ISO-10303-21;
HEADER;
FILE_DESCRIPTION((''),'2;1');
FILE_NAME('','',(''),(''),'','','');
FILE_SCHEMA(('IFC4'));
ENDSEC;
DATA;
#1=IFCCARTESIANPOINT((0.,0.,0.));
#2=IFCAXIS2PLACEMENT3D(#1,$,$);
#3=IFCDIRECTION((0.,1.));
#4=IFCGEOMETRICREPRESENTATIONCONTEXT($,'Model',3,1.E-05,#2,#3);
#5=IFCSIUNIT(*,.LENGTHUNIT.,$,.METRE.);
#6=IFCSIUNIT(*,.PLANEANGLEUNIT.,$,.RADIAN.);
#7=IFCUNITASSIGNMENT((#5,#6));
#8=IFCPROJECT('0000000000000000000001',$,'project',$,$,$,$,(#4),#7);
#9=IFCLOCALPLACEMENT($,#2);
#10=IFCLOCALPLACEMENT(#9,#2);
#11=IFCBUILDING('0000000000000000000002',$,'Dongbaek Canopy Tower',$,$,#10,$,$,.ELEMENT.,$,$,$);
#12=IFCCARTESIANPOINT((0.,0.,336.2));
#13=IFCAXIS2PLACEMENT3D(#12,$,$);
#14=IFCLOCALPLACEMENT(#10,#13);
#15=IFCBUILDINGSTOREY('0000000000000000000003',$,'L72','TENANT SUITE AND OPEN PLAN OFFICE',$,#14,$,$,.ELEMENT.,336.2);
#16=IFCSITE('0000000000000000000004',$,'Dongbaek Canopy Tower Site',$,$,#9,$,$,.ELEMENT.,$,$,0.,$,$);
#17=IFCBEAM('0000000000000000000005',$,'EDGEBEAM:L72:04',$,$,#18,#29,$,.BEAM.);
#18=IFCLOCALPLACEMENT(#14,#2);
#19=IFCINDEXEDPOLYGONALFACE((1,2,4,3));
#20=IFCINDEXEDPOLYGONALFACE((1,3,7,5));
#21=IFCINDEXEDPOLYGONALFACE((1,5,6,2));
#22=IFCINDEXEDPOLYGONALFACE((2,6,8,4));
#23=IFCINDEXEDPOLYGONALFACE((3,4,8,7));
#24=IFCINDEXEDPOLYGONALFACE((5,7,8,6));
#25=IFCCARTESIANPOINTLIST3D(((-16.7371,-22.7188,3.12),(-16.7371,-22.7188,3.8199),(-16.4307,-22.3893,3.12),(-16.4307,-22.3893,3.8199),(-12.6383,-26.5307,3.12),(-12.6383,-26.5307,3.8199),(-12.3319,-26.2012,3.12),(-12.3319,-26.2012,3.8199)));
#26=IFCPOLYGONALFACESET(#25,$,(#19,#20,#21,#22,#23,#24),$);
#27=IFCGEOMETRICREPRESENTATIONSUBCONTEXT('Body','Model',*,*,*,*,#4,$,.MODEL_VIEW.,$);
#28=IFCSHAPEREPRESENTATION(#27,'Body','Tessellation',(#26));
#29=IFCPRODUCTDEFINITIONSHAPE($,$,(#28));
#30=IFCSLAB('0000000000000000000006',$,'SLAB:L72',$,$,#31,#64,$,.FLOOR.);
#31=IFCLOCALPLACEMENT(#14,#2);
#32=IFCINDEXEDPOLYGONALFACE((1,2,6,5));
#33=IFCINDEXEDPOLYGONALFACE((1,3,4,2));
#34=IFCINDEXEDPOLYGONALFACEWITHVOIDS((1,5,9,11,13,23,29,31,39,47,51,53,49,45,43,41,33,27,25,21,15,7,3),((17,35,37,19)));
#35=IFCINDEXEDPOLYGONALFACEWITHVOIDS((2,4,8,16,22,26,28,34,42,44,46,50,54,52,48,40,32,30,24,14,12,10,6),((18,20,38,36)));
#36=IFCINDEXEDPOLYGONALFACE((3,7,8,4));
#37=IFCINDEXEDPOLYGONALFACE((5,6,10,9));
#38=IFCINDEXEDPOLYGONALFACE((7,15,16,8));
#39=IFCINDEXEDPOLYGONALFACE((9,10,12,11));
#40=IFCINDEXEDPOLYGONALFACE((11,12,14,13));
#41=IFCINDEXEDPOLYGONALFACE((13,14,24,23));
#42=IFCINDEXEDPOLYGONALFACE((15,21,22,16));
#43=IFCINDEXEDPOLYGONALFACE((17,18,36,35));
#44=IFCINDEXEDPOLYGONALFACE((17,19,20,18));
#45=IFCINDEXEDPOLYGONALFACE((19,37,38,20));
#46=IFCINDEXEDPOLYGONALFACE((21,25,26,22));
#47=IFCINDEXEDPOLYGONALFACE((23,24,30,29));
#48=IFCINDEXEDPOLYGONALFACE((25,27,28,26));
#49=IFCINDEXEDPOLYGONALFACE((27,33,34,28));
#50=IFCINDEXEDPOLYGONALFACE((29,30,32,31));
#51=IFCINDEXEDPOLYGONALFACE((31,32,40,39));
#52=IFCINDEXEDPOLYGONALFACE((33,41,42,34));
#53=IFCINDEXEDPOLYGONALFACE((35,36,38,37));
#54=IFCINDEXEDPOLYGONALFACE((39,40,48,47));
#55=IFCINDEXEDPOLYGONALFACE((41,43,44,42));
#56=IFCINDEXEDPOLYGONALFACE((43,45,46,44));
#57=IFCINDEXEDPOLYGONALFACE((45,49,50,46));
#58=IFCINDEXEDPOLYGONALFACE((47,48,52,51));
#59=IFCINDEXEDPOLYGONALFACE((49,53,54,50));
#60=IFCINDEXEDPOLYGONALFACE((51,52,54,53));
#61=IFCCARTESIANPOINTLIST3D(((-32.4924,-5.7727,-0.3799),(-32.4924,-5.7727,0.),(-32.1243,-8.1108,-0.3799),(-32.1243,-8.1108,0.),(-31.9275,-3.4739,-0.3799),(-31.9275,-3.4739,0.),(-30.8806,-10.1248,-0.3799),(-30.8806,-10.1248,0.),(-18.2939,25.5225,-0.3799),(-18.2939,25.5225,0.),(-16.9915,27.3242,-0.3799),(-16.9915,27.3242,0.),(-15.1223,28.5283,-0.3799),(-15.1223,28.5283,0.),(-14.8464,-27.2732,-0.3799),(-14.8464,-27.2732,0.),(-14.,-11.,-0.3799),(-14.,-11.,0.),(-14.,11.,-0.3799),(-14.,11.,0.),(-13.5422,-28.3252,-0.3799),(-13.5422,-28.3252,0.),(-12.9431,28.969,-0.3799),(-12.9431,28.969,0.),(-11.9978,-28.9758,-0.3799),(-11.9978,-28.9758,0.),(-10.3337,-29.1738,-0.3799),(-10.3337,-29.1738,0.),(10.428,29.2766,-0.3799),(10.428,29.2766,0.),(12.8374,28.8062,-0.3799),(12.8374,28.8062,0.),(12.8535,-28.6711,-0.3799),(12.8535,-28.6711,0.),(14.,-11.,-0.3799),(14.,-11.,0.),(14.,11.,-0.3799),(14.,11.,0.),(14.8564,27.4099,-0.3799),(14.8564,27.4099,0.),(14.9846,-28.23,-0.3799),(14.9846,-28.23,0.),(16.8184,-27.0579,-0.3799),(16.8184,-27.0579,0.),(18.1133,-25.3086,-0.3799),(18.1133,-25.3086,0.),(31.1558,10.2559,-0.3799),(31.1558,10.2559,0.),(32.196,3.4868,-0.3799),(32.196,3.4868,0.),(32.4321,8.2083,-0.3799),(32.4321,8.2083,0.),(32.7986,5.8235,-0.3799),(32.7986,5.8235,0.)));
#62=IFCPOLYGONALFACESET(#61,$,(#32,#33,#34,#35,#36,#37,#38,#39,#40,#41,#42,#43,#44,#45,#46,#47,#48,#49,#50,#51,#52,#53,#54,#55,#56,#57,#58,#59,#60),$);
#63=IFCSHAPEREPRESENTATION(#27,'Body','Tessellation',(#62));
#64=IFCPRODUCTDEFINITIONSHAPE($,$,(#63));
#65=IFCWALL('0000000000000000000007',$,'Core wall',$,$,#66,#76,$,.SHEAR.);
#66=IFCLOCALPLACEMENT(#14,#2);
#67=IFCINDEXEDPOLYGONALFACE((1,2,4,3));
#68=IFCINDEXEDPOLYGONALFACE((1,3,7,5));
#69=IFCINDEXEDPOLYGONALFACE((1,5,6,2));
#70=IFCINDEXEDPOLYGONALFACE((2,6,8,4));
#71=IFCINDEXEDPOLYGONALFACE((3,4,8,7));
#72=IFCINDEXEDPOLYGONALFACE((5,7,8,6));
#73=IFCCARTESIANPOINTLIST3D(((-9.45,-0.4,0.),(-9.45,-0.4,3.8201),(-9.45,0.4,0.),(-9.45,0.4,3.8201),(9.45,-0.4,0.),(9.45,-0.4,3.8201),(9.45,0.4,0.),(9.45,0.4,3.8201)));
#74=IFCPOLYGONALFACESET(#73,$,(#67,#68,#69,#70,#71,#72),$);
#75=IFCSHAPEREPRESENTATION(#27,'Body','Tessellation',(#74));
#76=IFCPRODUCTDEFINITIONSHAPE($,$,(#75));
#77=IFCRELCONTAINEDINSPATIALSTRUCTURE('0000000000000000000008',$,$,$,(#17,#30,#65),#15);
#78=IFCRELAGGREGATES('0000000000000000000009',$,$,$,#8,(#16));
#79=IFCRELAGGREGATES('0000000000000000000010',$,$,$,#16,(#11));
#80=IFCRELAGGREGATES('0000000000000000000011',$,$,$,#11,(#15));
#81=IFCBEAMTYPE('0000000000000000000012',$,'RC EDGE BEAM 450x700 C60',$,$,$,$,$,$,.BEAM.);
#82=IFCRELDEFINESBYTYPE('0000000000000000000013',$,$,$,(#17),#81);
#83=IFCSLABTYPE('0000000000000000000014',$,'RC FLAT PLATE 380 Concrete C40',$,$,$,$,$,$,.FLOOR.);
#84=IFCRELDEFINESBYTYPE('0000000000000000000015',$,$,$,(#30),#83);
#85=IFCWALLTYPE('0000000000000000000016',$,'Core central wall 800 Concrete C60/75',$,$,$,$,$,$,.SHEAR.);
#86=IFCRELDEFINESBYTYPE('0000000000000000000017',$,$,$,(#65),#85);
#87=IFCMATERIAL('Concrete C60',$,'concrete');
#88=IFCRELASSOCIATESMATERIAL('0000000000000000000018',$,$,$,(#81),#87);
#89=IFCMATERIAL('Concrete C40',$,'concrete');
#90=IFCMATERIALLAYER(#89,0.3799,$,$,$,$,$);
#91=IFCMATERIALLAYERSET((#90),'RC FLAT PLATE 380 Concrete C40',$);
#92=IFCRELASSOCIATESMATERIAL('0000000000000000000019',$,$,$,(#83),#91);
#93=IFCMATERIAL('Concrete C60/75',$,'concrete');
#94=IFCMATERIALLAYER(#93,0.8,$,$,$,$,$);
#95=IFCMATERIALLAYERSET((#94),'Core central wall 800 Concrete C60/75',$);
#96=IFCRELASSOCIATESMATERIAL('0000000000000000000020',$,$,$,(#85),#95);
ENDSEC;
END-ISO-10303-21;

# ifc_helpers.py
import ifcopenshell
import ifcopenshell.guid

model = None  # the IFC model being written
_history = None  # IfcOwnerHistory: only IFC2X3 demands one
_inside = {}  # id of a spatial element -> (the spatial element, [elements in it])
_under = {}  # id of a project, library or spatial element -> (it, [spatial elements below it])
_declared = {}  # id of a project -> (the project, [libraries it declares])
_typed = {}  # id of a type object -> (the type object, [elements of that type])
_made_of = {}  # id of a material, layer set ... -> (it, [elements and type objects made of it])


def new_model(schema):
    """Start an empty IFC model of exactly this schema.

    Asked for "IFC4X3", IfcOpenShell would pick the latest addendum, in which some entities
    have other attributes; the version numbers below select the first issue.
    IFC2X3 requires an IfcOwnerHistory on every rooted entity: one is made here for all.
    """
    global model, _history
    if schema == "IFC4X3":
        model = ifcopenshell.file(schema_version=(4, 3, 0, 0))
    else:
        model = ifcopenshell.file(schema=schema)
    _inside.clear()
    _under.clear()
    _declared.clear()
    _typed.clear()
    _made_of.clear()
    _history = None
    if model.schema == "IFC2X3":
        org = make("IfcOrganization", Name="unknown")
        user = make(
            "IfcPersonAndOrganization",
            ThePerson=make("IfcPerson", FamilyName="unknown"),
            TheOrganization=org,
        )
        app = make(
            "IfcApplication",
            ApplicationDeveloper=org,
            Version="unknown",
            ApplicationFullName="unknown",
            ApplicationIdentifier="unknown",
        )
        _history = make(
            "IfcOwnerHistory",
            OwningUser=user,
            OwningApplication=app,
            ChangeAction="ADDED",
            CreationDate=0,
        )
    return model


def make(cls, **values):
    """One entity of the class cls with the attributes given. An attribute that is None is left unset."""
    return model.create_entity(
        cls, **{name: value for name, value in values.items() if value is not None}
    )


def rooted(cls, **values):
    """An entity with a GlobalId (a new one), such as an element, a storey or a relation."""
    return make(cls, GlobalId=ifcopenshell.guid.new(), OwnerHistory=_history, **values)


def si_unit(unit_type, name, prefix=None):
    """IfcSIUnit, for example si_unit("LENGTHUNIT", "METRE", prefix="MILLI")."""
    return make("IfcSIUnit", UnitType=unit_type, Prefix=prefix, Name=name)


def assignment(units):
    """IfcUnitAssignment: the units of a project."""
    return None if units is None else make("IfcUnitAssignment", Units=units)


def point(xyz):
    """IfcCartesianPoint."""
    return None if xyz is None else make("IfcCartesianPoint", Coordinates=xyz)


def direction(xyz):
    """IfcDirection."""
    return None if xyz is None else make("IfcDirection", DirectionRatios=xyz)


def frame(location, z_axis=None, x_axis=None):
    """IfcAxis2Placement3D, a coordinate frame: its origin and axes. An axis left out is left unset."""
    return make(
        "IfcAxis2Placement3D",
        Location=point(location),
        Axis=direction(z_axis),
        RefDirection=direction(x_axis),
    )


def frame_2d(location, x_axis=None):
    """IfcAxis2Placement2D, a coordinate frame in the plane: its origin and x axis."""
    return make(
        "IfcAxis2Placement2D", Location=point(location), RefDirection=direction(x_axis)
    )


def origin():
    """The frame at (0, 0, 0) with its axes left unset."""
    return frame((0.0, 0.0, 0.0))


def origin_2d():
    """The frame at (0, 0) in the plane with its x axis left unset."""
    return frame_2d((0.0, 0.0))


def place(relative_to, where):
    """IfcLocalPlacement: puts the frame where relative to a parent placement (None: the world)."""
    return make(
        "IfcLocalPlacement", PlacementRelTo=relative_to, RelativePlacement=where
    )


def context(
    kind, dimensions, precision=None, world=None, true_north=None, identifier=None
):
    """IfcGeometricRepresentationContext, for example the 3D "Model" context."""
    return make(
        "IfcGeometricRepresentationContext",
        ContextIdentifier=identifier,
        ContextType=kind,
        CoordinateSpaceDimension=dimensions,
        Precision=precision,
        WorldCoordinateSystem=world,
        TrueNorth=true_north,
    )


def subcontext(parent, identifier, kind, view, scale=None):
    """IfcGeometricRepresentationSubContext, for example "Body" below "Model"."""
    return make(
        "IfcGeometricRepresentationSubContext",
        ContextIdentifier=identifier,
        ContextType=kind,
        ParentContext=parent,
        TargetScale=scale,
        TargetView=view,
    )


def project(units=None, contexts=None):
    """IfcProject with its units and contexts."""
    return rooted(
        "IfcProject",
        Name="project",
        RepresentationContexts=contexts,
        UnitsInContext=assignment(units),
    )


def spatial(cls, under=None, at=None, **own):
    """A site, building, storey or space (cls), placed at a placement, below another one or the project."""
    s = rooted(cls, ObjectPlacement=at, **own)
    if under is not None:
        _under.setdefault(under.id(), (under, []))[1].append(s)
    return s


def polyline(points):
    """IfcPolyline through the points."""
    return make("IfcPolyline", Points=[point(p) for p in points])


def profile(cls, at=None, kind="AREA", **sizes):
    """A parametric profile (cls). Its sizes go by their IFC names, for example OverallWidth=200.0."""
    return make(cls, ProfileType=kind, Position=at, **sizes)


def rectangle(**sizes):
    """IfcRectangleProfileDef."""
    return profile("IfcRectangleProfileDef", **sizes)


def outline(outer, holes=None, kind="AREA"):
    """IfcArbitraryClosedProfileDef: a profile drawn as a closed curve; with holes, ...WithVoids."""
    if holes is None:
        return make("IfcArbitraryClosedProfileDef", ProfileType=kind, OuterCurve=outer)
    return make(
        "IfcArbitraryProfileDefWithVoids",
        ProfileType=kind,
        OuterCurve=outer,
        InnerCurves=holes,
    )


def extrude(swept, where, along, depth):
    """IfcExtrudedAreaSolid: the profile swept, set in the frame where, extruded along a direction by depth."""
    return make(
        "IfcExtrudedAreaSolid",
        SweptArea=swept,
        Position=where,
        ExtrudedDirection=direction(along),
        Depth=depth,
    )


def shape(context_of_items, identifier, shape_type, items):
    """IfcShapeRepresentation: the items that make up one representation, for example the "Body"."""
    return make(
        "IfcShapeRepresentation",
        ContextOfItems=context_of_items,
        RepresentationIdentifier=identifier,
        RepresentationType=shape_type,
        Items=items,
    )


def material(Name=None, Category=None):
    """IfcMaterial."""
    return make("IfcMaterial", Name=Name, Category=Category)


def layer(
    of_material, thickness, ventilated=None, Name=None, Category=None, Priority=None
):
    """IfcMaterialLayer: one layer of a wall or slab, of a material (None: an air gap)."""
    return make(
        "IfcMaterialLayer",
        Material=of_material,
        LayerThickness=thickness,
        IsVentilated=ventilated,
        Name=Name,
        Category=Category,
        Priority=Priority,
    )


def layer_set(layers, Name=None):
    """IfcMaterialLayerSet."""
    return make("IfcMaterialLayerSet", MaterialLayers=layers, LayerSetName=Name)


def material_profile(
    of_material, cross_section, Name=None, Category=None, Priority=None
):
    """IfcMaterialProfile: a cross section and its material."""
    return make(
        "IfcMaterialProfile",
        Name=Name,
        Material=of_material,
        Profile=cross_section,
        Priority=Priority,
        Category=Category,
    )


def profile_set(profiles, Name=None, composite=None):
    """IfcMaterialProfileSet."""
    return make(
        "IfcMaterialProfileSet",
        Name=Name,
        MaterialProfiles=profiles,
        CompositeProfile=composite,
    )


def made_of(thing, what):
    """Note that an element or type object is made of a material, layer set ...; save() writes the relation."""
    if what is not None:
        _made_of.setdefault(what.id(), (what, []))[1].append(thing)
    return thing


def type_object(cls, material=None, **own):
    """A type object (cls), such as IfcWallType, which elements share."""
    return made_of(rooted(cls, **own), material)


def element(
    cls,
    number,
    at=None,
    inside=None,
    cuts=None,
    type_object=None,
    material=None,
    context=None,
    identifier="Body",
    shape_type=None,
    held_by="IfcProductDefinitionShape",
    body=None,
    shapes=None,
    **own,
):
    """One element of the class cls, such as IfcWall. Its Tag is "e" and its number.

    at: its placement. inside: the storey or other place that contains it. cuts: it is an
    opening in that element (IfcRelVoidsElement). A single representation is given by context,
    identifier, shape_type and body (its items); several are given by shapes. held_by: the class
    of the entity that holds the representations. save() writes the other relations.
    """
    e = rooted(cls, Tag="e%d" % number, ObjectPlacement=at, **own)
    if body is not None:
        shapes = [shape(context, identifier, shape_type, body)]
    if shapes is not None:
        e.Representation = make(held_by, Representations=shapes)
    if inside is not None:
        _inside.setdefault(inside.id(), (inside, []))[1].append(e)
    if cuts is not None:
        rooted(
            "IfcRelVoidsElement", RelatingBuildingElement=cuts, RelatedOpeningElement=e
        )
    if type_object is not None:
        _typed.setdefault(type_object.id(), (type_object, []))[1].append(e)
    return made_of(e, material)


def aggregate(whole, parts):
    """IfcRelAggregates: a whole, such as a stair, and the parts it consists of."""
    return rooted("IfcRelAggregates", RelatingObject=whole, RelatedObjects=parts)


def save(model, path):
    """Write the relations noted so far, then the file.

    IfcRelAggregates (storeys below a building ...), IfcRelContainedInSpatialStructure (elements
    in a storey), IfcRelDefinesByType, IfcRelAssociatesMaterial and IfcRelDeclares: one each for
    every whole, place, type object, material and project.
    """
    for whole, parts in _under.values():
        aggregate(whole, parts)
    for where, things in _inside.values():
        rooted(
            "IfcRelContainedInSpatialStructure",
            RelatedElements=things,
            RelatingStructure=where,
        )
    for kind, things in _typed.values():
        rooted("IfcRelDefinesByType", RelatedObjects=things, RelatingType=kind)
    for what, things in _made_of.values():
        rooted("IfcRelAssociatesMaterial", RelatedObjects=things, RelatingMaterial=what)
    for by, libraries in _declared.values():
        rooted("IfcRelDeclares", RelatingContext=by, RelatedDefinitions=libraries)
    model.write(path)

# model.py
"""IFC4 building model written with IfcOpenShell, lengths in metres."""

from ifc_helpers import new_model, si_unit, direction, frame, frame_2d, origin, origin_2d, place, context, subcontext, project, spatial, polyline, rectangle, outline, extrude, material, layer, layer_set, material_profile, profile_set, type_object, element, save


model = new_model("IFC4")

# Units and contexts
model_context = context("Model", 3, precision=1e-05, world=origin(), true_north=direction((0.0, 1.0)))
body_context = subcontext(model_context, "Body", "Model", "MODEL_VIEW")
ifc_project = project(units=[si_unit("LENGTHUNIT", "METRE"), si_unit("PLANEANGLEUNIT", "RADIAN")], contexts=[model_context])

# Site, building, storey
site_placement = place(None, origin())
site = spatial("IfcSite", under=ifc_project, at=site_placement, Name="Dongbaek Canopy Tower Site", CompositionType="ELEMENT", RefElevation=0.0)
building_placement = place(site_placement, origin())
building = spatial("IfcBuilding", under=site, at=building_placement, Name="Dongbaek Canopy Tower", CompositionType="ELEMENT")
storey_placement = place(building_placement, frame((0.0, 0.0, 336.2)))
storey = spatial("IfcBuildingStorey", under=building, at=storey_placement, Name="L72", Description="TENANT SUITE AND OPEN PLAN OFFICE", CompositionType="ELEMENT", Elevation=336.2)

# Beam
ifc_material_1 = material(Name="Concrete C60", Category="concrete")
ifc_material_profile = material_profile(ifc_material_1, rectangle(XDim=0.45, YDim=0.7, at=origin_2d()), Name="RC EDGE BEAM 450x700 C60")
ifc_profile_set = profile_set([ifc_material_profile], Name="Concrete C60")
beam_type = type_object("IfcBeamType", Name="RC EDGE BEAM 450x700 C60", PredefinedType="BEAM", material=ifc_profile_set)
beam_placement = place(storey_placement, frame((-12.4851, -26.366, 3.47), z_axis=(-0.732267, 0.681018, 0.0), x_axis=(-0.681018, -0.732267, 0.0)))
element("IfcBeam", 1, at=beam_placement, inside=storey, type_object=beam_type, Name="EDGEBEAM:L72:04", PredefinedType="BEAM", context=body_context, shape_type="SweptSolid", body=[
    extrude(rectangle(XDim=0.45, YDim=0.7, at=origin_2d()), origin(), (0.0, 0.0, 1.0), 5.5974),
])

# Slab
ifc_material_2 = material(Name="Concrete C40", Category="concrete")
ifc_layer_1 = layer(ifc_material_2, 0.3799)
ifc_layer_set_1 = layer_set([ifc_layer_1], Name="RC FLAT PLATE 380 Concrete C40")
slab_type = type_object("IfcSlabType", Name="RC FLAT PLATE 380 Concrete C40", PredefinedType="FLOOR", material=ifc_layer_set_1)
slab_placement = place(storey_placement, frame((0.0, 0.0, -0.3799)))
element("IfcSlab", 2, at=slab_placement, inside=storey, type_object=slab_type, Name="SLAB:L72", PredefinedType="FLOOR", context=body_context, shape_type="SweptSolid", body=[
    extrude(outline(polyline([(18.1133, -25.3086), (16.8184, -27.0579), (14.9846, -28.23), (12.8535, -28.6711), (-10.3337, -29.1738), (-11.9978, -28.9758), (-13.5422, -28.3252), (-14.8464, -27.2732), (-30.8806, -10.1248), (-32.1243, -8.1108), (-32.4924, -5.7727), (-31.9275, -3.4739), (-18.2939, 25.5225), (-16.9915, 27.3242), (-15.1223, 28.5283), (-12.9431, 28.969), (10.428, 29.2766), (12.8374, 28.8062), (14.8564, 27.4099), (31.1558, 10.2559), (32.4321, 8.2083), (32.7986, 5.8235), (32.196, 3.4868), (18.1133, -25.3086)]), holes=[polyline([(14.0, 11.0), (-14.0, 11.0), (-14.0, -11.0), (14.0, -11.0), (14.0, 11.0)])]), origin(), (0.0, 0.0, 1.0), 0.3799),
])

# Wall
ifc_material_3 = material(Name="Concrete C60/75", Category="concrete")
ifc_layer_2 = layer(ifc_material_3, 0.8)
ifc_layer_set_2 = layer_set([ifc_layer_2], Name="Core central wall 800 Concrete C60/75")
wall_type_1 = type_object("IfcWallType", Name="Core central wall 800 Concrete C60/75", PredefinedType="SHEAR", material=ifc_layer_set_2)
wall_1_placement = place(storey_placement, frame((-9.45, 0.0, 0.0), z_axis=(0.0, 0.0, 1.0), x_axis=(1.0, 0.0, 0.0)))
element("IfcWall", 3, at=wall_1_placement, inside=storey, type_object=wall_type_1, Name="Core wall", PredefinedType="SHEAR", context=body_context, shape_type="SweptSolid", body=[
    extrude(rectangle(XDim=18.8999, YDim=0.8, at=frame_2d((9.45, 0.0))), origin(), (0.0, 0.0, 1.0), 3.8201),
])

save(model, "model.ifc")
